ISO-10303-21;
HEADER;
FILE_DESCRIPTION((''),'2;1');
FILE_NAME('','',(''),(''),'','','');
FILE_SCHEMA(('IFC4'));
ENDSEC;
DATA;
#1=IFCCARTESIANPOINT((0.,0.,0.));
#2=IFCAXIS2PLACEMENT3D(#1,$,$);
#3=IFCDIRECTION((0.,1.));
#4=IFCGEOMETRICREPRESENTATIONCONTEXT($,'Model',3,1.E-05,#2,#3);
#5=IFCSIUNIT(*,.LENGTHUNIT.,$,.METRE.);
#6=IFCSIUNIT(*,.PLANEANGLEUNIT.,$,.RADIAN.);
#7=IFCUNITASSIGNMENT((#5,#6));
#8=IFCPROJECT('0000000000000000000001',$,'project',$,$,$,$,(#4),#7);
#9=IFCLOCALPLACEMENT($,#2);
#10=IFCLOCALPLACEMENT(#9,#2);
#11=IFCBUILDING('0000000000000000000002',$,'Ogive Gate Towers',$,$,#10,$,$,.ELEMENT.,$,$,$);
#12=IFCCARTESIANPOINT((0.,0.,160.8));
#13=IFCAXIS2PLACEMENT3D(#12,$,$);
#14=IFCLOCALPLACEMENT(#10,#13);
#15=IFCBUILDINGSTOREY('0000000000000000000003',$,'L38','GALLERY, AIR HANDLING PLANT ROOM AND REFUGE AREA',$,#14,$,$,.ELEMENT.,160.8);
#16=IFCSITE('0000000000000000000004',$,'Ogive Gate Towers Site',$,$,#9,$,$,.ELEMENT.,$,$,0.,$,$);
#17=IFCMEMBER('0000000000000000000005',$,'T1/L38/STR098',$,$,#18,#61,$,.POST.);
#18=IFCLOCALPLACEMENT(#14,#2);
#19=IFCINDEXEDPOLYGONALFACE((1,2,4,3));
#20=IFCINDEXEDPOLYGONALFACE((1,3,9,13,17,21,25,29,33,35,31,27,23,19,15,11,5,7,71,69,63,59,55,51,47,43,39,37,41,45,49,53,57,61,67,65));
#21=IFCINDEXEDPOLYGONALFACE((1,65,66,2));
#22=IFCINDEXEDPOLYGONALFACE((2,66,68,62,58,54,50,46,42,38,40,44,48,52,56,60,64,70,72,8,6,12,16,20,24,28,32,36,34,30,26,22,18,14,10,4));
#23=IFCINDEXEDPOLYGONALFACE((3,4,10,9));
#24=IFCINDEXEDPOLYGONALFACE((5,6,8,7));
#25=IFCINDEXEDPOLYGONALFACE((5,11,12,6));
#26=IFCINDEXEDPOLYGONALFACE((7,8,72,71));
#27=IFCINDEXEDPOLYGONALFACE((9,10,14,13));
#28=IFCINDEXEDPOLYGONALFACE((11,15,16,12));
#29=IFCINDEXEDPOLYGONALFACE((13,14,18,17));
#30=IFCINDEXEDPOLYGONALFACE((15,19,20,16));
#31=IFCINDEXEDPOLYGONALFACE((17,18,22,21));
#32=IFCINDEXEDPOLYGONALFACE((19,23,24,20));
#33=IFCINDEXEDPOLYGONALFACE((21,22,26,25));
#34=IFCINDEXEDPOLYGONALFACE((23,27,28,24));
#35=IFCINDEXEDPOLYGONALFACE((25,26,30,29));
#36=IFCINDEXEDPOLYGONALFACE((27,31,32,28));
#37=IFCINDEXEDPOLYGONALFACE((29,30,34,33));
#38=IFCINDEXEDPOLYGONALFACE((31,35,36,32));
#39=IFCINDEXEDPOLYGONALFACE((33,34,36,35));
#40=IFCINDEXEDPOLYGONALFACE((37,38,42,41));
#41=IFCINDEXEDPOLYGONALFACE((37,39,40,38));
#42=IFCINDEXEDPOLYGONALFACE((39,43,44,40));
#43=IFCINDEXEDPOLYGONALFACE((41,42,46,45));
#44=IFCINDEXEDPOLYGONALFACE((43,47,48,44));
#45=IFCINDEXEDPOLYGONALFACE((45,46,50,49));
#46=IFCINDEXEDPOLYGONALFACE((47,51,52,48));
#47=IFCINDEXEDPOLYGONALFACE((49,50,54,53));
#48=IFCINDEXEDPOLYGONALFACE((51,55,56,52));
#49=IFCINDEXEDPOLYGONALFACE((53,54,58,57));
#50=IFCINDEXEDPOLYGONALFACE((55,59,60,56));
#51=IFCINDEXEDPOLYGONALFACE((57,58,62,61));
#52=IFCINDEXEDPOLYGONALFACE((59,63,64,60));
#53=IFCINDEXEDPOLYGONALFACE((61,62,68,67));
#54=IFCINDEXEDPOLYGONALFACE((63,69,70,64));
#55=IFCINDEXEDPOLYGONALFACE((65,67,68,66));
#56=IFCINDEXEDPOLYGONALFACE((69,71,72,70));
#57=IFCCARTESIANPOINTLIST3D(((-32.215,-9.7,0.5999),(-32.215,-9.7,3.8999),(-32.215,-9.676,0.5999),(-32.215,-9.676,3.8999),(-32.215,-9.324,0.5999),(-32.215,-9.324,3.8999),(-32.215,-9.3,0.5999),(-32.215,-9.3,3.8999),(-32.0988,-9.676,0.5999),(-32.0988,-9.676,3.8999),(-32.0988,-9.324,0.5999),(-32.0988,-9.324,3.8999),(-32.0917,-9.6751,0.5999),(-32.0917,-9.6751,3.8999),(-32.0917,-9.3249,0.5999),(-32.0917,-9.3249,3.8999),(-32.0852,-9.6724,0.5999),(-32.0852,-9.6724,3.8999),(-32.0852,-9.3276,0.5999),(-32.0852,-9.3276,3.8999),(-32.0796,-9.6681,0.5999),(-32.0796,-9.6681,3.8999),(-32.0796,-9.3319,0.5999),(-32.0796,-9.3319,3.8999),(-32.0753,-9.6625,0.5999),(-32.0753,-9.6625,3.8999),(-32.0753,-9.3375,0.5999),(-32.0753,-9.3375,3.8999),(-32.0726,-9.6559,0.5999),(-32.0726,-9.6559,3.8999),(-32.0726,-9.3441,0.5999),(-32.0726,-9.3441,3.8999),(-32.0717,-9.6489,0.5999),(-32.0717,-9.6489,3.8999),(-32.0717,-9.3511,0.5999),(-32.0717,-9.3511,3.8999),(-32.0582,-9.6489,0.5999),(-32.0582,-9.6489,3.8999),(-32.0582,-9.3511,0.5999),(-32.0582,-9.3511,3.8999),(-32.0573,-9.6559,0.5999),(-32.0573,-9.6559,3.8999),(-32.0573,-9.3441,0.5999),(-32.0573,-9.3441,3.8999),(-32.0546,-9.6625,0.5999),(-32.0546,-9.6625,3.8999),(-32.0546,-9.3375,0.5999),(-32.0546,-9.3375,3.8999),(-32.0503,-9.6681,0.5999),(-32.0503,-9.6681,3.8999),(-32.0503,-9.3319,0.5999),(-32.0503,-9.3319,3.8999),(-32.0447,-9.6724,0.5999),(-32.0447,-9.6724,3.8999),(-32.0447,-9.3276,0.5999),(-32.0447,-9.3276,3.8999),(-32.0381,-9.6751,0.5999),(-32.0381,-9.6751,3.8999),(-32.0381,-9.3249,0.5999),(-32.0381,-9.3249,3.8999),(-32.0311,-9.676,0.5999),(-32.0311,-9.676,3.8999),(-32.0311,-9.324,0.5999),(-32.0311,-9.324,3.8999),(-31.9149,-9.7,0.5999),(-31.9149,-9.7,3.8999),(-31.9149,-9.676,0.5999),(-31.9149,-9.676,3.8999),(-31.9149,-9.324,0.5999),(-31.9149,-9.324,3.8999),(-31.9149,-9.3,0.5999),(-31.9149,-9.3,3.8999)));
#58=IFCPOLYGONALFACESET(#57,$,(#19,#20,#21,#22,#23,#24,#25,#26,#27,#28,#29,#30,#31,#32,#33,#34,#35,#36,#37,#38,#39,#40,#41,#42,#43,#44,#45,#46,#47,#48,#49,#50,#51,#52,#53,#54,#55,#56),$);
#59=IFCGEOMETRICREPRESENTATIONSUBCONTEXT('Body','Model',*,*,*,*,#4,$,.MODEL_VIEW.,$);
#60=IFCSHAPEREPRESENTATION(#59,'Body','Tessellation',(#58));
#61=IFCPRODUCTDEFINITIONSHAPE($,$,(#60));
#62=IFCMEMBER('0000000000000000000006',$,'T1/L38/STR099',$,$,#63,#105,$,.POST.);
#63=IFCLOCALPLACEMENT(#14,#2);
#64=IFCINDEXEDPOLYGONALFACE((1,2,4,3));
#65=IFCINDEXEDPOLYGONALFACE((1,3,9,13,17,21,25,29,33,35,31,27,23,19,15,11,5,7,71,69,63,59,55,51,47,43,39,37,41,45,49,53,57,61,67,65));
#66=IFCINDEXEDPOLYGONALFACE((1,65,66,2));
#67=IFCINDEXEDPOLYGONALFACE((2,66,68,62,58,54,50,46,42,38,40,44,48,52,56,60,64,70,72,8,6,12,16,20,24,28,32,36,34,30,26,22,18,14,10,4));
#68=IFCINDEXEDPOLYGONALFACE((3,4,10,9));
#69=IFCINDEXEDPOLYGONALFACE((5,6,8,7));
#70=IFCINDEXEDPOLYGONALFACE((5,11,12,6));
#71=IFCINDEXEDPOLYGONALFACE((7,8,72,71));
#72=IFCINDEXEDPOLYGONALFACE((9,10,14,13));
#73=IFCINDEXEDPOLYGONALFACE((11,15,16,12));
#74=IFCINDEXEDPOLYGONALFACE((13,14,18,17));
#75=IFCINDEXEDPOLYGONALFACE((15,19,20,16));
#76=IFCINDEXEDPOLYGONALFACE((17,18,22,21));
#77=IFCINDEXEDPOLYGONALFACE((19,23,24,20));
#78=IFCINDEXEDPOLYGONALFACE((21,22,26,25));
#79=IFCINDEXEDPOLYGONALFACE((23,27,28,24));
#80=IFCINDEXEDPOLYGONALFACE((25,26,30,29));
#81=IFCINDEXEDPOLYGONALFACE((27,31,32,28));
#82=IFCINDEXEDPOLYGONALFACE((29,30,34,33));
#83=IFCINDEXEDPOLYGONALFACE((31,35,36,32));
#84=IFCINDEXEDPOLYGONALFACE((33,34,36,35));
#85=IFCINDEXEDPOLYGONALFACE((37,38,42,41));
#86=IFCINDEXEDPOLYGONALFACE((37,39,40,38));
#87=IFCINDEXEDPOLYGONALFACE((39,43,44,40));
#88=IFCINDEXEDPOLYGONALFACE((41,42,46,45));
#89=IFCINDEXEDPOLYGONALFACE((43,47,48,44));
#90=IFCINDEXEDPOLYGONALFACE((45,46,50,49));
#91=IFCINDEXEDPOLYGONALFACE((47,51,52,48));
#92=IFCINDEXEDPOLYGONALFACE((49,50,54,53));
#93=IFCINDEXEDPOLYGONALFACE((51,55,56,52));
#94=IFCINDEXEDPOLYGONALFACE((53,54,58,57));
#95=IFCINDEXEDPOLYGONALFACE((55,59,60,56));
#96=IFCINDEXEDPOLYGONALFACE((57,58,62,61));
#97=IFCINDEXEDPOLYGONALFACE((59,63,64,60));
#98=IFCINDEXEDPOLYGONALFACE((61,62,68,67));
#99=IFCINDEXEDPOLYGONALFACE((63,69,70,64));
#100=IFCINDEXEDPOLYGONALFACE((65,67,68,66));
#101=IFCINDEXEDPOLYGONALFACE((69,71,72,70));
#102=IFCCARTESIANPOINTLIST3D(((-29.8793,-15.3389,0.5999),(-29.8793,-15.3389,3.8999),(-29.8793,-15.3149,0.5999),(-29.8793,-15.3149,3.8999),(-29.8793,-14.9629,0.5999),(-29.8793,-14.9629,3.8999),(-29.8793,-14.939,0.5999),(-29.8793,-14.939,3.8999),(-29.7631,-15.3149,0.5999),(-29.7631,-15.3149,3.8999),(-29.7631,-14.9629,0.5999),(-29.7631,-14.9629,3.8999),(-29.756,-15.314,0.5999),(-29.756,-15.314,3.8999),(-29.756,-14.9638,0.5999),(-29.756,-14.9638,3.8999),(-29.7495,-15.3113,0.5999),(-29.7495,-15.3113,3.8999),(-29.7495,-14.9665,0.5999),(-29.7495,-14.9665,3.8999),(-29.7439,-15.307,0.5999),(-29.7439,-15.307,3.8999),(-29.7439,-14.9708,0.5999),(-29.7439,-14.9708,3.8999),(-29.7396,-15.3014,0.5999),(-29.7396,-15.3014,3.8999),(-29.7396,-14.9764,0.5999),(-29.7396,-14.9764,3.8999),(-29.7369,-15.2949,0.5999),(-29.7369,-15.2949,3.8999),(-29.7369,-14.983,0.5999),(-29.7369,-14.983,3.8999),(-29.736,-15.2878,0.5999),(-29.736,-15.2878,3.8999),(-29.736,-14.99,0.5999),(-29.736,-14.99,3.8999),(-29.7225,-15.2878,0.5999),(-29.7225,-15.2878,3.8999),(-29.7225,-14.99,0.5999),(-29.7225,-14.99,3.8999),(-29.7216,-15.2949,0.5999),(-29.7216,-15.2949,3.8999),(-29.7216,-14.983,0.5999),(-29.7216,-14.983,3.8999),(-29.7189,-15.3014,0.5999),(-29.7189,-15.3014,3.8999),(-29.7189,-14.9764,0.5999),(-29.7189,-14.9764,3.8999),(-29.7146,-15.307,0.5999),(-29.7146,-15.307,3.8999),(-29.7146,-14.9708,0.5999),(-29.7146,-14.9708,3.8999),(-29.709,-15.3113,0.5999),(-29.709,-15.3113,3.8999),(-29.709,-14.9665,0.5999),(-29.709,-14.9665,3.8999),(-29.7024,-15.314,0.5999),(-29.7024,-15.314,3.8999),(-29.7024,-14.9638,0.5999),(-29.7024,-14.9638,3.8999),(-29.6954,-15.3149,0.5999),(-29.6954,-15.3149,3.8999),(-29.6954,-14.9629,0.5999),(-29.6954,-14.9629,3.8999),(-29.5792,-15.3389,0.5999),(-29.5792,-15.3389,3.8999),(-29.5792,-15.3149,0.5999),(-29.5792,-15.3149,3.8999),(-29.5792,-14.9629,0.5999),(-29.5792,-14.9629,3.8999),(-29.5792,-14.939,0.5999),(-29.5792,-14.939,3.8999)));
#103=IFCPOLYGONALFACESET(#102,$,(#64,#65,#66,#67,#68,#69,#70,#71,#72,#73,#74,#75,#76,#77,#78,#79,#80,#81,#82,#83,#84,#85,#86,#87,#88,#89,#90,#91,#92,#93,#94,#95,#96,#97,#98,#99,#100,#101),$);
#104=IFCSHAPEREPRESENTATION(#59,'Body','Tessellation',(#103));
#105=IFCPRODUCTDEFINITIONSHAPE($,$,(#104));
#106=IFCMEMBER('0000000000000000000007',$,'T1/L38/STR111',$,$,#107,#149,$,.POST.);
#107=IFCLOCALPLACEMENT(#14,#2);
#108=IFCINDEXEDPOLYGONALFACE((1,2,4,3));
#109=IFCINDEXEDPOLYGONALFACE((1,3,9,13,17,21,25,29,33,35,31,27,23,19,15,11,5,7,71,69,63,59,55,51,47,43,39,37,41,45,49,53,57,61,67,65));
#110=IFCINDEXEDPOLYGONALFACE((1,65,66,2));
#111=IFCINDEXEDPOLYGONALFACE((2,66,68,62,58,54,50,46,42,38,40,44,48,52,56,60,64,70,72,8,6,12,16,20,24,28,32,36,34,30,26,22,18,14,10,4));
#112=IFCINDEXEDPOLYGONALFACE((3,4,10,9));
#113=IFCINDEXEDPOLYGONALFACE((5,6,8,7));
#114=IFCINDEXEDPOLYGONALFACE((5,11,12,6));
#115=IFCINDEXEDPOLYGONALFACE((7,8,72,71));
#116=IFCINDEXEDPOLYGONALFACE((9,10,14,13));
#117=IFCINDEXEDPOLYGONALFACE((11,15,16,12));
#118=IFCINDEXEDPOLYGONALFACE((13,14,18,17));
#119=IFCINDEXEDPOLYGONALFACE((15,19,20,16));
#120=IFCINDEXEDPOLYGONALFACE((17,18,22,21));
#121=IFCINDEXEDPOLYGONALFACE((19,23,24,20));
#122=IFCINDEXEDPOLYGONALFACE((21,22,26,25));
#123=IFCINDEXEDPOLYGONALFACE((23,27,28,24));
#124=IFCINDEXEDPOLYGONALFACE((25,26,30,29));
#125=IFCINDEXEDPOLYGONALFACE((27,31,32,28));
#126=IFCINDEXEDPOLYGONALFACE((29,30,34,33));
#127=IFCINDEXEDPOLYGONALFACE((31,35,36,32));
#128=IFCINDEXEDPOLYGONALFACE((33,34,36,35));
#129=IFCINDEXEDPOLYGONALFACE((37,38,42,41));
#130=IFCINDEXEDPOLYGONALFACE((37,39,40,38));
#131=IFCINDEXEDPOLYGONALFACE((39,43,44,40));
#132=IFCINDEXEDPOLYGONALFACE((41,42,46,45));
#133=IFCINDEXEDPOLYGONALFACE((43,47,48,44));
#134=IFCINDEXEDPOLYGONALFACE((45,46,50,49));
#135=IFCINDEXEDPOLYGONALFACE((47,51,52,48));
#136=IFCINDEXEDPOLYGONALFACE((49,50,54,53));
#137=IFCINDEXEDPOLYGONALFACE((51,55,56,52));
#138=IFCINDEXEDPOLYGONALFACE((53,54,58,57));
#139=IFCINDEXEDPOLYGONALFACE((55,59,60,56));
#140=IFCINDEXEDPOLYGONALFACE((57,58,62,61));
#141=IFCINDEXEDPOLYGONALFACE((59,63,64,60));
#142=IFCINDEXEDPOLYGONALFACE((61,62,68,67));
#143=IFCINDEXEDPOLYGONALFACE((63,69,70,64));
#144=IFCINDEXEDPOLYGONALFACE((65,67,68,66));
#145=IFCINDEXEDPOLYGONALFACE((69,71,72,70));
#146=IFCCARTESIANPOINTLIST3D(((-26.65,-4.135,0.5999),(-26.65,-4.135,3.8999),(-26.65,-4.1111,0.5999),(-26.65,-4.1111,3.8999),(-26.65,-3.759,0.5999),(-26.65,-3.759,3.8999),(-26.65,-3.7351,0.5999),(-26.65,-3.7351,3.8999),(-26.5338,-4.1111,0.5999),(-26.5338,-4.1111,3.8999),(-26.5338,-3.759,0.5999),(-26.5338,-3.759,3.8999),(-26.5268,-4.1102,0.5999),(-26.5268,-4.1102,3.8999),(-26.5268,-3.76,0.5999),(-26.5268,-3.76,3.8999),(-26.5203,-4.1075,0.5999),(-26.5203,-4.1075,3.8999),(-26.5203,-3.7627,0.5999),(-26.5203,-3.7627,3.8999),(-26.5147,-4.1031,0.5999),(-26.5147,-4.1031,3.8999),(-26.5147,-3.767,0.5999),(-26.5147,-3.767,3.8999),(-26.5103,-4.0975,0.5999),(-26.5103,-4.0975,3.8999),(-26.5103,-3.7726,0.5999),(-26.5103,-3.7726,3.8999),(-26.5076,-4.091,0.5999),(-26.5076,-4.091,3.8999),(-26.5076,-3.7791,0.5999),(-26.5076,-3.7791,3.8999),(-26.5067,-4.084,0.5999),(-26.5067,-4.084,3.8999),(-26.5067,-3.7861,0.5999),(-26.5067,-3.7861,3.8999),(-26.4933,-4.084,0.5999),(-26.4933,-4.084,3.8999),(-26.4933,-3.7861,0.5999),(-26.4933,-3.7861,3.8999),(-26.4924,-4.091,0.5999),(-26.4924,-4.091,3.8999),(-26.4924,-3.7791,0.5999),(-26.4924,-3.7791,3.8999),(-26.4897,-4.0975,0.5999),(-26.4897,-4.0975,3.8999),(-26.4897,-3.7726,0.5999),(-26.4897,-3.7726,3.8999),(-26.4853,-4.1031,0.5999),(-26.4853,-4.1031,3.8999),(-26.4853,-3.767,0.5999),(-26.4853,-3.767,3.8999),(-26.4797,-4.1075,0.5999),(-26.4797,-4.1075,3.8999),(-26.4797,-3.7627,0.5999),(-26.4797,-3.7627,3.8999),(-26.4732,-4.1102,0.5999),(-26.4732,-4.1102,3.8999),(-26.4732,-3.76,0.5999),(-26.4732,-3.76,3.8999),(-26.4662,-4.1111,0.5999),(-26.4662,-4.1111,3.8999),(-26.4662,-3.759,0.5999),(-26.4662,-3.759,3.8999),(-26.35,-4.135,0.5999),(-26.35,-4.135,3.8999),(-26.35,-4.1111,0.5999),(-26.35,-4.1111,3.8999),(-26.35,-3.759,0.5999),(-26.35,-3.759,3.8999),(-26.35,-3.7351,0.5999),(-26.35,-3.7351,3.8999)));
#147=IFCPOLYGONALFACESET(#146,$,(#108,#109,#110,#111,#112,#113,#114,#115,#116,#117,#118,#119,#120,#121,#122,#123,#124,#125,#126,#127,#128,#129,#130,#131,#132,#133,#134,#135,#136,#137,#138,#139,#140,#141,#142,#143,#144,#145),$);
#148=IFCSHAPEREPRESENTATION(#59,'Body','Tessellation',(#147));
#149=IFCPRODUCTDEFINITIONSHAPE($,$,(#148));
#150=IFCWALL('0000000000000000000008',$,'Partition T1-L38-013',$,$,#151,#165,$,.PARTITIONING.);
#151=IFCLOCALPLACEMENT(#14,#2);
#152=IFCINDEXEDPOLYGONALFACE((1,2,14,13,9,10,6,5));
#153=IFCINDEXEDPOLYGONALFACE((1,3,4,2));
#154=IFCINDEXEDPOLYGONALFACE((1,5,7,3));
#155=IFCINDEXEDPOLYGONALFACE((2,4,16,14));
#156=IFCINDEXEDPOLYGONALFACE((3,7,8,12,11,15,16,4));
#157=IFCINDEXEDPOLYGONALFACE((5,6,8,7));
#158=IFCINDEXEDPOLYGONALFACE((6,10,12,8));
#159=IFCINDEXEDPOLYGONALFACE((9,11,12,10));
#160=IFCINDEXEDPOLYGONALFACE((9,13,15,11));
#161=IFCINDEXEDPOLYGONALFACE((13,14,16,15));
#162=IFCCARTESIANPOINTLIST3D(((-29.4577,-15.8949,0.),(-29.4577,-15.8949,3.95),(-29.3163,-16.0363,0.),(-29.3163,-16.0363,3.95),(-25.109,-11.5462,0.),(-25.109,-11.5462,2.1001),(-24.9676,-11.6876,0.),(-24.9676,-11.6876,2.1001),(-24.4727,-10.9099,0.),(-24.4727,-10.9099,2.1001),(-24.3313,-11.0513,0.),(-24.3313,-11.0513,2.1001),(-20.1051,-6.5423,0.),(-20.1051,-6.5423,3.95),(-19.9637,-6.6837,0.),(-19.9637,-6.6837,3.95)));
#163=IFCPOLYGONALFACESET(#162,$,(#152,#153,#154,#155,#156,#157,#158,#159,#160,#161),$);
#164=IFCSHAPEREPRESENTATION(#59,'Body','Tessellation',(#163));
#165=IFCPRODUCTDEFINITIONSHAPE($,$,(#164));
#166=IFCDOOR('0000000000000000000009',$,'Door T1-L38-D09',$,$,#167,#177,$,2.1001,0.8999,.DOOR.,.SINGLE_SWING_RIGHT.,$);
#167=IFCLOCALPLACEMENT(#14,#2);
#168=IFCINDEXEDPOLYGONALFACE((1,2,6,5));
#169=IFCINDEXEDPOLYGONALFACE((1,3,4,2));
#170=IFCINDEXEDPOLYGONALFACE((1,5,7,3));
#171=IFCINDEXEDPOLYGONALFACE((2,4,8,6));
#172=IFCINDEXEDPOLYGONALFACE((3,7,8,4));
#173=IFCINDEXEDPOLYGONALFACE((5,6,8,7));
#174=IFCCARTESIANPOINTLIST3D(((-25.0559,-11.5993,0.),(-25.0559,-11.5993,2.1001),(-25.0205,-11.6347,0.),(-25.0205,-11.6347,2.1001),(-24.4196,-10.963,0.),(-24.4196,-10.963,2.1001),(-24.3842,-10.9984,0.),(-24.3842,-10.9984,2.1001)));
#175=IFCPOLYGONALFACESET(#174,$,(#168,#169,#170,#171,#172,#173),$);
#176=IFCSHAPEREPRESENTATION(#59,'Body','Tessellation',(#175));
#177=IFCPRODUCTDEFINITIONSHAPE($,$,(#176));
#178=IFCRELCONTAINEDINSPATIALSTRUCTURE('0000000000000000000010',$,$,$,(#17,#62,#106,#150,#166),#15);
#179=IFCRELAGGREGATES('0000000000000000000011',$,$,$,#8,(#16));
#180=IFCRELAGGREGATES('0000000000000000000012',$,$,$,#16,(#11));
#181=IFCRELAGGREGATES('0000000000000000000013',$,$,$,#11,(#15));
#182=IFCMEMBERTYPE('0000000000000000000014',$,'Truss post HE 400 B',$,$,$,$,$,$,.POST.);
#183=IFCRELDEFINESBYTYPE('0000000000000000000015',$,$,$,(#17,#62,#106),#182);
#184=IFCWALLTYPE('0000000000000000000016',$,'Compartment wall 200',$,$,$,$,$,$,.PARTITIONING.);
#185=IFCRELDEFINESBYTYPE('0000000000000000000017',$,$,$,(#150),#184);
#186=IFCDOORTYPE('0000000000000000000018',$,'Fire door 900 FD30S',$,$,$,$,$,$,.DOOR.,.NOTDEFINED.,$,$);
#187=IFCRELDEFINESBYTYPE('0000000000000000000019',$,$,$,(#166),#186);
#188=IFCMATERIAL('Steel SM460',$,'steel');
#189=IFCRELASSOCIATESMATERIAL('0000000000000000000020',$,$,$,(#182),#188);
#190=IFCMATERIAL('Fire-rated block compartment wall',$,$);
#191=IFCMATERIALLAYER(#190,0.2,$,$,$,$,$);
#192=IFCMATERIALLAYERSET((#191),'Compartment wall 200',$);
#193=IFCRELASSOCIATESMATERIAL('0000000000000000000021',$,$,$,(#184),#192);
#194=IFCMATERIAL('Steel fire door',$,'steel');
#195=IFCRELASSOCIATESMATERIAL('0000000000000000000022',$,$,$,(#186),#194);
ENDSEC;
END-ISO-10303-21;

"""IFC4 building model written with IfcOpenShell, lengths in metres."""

from ifc_helpers import new_model, si_unit, direction, frame, frame_2d, origin, origin_2d, place, context, subcontext, project, spatial, rectangle, i_section, extrude, material, layer, layer_set, material_profile, profile_set, type_object, element, fill, save


model = new_model("IFC4")

# Units and contexts
model_context = context("Model", 3, precision=1e-05, world=origin(), true_north=direction((0.0, 1.0)))
body_context = subcontext(model_context, "Body", "Model", "MODEL_VIEW")
ifc_project = project(units=[si_unit("LENGTHUNIT", "METRE"), si_unit("PLANEANGLEUNIT", "RADIAN")], contexts=[model_context])

# Site, building, storey
site_placement = place(None, origin())
site = spatial("IfcSite", under=ifc_project, at=site_placement, Name="Ogive Gate Towers Site", CompositionType="ELEMENT", RefElevation=0.0)
building_placement = place(site_placement, origin())
building = spatial("IfcBuilding", under=site, at=building_placement, Name="Ogive Gate Towers", CompositionType="ELEMENT")
storey_placement = place(building_placement, frame((0.0, 0.0, 160.8)))
storey = spatial("IfcBuildingStorey", under=building, at=storey_placement, Name="L38", Description="GALLERY, AIR HANDLING PLANT ROOM AND REFUGE AREA", CompositionType="ELEMENT", Elevation=160.8)

# Shared definitions
ifc_material_1 = material(Name="Steel SM460", Category="steel")

# Members
ifc_material_profile_1 = material_profile(ifc_material_1, i_section(OverallWidth=0.3, OverallDepth=0.3999, WebThickness=0.0134, FlangeThickness=0.0239, FilletRadius=0.0271, at=origin_2d()), Name="HE 400 B")
ifc_profile_set_1 = profile_set([ifc_material_profile_1], Name="Steel SM460")
member_type_1 = type_object("IfcMemberType", Name="Truss post HE 400 B", PredefinedType="POST", material=ifc_profile_set_1)
for number, where, z_axis, x_axis, name in (
    (1, (-32.0649, -9.5, 0.5999), (0.0, 0.0, 1.0), (1.0, 0.0, 0.0), "T1/L38/STR098"),
    (2, (-29.7292, -15.1389, 0.5999), (0.0, 0.0, 1.0), (1.0, 0.0, 0.0), "T1/L38/STR099"),
    (3, (-26.5, -3.9351, 0.5999), (0.0, 0.0, 1.0), (1.0, 0.0, 0.0), "T1/L38/STR111"),
):
    element("IfcMember", number, at=place(storey_placement, frame(where, z_axis=z_axis, x_axis=x_axis)), inside=storey, type_object=member_type_1, Name=name, PredefinedType="POST", context=body_context, shape_type="SweptSolid", body=[
        extrude(i_section(OverallWidth=0.3, OverallDepth=0.3999, WebThickness=0.0134, FlangeThickness=0.0239, FilletRadius=0.0271, at=origin_2d()), origin(), (0.0, 0.0, 1.0), 3.3),
    ])

# Wall, opening, door
ifc_material_2 = material(Name="Fire-rated block compartment wall")
ifc_layer_1 = layer(ifc_material_2, 0.2)
ifc_layer_set_1 = layer_set([ifc_layer_1], Name="Compartment wall 200")
wall_type_1 = type_object("IfcWallType", Name="Compartment wall 200", PredefinedType="PARTITIONING", material=ifc_layer_set_1)
wall_1_placement = place(storey_placement, frame((-29.387, -15.9656, 0.0), z_axis=(0.0, 0.0, 1.0), x_axis=(0.707107, 0.707107, 0.0)))
wall_1 = element("IfcWall", 4, at=wall_1_placement, inside=storey, type_object=wall_type_1, Name="Partition T1-L38-013", PredefinedType="PARTITIONING", context=body_context, shape_type="SweptSolid", body=[
    extrude(rectangle(XDim=13.2266, YDim=0.2, at=frame_2d((6.6133, 0.0))), origin(), (0.0, 0.0, 1.0), 3.95),
])
opening_1_placement = place(wall_1_placement, frame((6.1499, 0.0, 0.0)))
opening_1 = element("IfcOpeningElement", 5, at=opening_1_placement, cuts=wall_1, PredefinedType="OPENING", context=body_context, shape_type="SweptSolid", body=[
    extrude(rectangle(XDim=0.8999, YDim=2.1001, at=frame_2d((0.45, 1.05))), frame((0.0, 0.1099, 0.0), z_axis=(0.0, -1.0, 0.0), x_axis=(1.0, 0.0, 0.0)), (0.0, 0.0, 1.0), 0.22),
])
ifc_material_3 = material(Name="Steel fire door", Category="steel")
door_type_1 = type_object("IfcDoorType", Name="Fire door 900 FD30S", OperationType="NOTDEFINED", PredefinedType="DOOR", material=ifc_material_3)
door_1_placement = place(opening_1_placement, origin())
door_1 = element("IfcDoor", 6, at=door_1_placement, inside=storey, type_object=door_type_1, Name="Door T1-L38-D09", OperationType="SINGLE_SWING_RIGHT", OverallHeight=2.1001, OverallWidth=0.8999, PredefinedType="DOOR", context=body_context, shape_type="SweptSolid", body=[
    extrude(rectangle(XDim=0.8999, YDim=2.1001, at=frame_2d((0.45, 1.05))), frame((0.0, 0.0249, 0.0), z_axis=(0.0, -1.0, 0.0), x_axis=(1.0, 0.0, 0.0)), (0.0, 0.0, 1.0), 0.05),
])
fill(opening_1, door_1)

save(model, "model.ifc")
